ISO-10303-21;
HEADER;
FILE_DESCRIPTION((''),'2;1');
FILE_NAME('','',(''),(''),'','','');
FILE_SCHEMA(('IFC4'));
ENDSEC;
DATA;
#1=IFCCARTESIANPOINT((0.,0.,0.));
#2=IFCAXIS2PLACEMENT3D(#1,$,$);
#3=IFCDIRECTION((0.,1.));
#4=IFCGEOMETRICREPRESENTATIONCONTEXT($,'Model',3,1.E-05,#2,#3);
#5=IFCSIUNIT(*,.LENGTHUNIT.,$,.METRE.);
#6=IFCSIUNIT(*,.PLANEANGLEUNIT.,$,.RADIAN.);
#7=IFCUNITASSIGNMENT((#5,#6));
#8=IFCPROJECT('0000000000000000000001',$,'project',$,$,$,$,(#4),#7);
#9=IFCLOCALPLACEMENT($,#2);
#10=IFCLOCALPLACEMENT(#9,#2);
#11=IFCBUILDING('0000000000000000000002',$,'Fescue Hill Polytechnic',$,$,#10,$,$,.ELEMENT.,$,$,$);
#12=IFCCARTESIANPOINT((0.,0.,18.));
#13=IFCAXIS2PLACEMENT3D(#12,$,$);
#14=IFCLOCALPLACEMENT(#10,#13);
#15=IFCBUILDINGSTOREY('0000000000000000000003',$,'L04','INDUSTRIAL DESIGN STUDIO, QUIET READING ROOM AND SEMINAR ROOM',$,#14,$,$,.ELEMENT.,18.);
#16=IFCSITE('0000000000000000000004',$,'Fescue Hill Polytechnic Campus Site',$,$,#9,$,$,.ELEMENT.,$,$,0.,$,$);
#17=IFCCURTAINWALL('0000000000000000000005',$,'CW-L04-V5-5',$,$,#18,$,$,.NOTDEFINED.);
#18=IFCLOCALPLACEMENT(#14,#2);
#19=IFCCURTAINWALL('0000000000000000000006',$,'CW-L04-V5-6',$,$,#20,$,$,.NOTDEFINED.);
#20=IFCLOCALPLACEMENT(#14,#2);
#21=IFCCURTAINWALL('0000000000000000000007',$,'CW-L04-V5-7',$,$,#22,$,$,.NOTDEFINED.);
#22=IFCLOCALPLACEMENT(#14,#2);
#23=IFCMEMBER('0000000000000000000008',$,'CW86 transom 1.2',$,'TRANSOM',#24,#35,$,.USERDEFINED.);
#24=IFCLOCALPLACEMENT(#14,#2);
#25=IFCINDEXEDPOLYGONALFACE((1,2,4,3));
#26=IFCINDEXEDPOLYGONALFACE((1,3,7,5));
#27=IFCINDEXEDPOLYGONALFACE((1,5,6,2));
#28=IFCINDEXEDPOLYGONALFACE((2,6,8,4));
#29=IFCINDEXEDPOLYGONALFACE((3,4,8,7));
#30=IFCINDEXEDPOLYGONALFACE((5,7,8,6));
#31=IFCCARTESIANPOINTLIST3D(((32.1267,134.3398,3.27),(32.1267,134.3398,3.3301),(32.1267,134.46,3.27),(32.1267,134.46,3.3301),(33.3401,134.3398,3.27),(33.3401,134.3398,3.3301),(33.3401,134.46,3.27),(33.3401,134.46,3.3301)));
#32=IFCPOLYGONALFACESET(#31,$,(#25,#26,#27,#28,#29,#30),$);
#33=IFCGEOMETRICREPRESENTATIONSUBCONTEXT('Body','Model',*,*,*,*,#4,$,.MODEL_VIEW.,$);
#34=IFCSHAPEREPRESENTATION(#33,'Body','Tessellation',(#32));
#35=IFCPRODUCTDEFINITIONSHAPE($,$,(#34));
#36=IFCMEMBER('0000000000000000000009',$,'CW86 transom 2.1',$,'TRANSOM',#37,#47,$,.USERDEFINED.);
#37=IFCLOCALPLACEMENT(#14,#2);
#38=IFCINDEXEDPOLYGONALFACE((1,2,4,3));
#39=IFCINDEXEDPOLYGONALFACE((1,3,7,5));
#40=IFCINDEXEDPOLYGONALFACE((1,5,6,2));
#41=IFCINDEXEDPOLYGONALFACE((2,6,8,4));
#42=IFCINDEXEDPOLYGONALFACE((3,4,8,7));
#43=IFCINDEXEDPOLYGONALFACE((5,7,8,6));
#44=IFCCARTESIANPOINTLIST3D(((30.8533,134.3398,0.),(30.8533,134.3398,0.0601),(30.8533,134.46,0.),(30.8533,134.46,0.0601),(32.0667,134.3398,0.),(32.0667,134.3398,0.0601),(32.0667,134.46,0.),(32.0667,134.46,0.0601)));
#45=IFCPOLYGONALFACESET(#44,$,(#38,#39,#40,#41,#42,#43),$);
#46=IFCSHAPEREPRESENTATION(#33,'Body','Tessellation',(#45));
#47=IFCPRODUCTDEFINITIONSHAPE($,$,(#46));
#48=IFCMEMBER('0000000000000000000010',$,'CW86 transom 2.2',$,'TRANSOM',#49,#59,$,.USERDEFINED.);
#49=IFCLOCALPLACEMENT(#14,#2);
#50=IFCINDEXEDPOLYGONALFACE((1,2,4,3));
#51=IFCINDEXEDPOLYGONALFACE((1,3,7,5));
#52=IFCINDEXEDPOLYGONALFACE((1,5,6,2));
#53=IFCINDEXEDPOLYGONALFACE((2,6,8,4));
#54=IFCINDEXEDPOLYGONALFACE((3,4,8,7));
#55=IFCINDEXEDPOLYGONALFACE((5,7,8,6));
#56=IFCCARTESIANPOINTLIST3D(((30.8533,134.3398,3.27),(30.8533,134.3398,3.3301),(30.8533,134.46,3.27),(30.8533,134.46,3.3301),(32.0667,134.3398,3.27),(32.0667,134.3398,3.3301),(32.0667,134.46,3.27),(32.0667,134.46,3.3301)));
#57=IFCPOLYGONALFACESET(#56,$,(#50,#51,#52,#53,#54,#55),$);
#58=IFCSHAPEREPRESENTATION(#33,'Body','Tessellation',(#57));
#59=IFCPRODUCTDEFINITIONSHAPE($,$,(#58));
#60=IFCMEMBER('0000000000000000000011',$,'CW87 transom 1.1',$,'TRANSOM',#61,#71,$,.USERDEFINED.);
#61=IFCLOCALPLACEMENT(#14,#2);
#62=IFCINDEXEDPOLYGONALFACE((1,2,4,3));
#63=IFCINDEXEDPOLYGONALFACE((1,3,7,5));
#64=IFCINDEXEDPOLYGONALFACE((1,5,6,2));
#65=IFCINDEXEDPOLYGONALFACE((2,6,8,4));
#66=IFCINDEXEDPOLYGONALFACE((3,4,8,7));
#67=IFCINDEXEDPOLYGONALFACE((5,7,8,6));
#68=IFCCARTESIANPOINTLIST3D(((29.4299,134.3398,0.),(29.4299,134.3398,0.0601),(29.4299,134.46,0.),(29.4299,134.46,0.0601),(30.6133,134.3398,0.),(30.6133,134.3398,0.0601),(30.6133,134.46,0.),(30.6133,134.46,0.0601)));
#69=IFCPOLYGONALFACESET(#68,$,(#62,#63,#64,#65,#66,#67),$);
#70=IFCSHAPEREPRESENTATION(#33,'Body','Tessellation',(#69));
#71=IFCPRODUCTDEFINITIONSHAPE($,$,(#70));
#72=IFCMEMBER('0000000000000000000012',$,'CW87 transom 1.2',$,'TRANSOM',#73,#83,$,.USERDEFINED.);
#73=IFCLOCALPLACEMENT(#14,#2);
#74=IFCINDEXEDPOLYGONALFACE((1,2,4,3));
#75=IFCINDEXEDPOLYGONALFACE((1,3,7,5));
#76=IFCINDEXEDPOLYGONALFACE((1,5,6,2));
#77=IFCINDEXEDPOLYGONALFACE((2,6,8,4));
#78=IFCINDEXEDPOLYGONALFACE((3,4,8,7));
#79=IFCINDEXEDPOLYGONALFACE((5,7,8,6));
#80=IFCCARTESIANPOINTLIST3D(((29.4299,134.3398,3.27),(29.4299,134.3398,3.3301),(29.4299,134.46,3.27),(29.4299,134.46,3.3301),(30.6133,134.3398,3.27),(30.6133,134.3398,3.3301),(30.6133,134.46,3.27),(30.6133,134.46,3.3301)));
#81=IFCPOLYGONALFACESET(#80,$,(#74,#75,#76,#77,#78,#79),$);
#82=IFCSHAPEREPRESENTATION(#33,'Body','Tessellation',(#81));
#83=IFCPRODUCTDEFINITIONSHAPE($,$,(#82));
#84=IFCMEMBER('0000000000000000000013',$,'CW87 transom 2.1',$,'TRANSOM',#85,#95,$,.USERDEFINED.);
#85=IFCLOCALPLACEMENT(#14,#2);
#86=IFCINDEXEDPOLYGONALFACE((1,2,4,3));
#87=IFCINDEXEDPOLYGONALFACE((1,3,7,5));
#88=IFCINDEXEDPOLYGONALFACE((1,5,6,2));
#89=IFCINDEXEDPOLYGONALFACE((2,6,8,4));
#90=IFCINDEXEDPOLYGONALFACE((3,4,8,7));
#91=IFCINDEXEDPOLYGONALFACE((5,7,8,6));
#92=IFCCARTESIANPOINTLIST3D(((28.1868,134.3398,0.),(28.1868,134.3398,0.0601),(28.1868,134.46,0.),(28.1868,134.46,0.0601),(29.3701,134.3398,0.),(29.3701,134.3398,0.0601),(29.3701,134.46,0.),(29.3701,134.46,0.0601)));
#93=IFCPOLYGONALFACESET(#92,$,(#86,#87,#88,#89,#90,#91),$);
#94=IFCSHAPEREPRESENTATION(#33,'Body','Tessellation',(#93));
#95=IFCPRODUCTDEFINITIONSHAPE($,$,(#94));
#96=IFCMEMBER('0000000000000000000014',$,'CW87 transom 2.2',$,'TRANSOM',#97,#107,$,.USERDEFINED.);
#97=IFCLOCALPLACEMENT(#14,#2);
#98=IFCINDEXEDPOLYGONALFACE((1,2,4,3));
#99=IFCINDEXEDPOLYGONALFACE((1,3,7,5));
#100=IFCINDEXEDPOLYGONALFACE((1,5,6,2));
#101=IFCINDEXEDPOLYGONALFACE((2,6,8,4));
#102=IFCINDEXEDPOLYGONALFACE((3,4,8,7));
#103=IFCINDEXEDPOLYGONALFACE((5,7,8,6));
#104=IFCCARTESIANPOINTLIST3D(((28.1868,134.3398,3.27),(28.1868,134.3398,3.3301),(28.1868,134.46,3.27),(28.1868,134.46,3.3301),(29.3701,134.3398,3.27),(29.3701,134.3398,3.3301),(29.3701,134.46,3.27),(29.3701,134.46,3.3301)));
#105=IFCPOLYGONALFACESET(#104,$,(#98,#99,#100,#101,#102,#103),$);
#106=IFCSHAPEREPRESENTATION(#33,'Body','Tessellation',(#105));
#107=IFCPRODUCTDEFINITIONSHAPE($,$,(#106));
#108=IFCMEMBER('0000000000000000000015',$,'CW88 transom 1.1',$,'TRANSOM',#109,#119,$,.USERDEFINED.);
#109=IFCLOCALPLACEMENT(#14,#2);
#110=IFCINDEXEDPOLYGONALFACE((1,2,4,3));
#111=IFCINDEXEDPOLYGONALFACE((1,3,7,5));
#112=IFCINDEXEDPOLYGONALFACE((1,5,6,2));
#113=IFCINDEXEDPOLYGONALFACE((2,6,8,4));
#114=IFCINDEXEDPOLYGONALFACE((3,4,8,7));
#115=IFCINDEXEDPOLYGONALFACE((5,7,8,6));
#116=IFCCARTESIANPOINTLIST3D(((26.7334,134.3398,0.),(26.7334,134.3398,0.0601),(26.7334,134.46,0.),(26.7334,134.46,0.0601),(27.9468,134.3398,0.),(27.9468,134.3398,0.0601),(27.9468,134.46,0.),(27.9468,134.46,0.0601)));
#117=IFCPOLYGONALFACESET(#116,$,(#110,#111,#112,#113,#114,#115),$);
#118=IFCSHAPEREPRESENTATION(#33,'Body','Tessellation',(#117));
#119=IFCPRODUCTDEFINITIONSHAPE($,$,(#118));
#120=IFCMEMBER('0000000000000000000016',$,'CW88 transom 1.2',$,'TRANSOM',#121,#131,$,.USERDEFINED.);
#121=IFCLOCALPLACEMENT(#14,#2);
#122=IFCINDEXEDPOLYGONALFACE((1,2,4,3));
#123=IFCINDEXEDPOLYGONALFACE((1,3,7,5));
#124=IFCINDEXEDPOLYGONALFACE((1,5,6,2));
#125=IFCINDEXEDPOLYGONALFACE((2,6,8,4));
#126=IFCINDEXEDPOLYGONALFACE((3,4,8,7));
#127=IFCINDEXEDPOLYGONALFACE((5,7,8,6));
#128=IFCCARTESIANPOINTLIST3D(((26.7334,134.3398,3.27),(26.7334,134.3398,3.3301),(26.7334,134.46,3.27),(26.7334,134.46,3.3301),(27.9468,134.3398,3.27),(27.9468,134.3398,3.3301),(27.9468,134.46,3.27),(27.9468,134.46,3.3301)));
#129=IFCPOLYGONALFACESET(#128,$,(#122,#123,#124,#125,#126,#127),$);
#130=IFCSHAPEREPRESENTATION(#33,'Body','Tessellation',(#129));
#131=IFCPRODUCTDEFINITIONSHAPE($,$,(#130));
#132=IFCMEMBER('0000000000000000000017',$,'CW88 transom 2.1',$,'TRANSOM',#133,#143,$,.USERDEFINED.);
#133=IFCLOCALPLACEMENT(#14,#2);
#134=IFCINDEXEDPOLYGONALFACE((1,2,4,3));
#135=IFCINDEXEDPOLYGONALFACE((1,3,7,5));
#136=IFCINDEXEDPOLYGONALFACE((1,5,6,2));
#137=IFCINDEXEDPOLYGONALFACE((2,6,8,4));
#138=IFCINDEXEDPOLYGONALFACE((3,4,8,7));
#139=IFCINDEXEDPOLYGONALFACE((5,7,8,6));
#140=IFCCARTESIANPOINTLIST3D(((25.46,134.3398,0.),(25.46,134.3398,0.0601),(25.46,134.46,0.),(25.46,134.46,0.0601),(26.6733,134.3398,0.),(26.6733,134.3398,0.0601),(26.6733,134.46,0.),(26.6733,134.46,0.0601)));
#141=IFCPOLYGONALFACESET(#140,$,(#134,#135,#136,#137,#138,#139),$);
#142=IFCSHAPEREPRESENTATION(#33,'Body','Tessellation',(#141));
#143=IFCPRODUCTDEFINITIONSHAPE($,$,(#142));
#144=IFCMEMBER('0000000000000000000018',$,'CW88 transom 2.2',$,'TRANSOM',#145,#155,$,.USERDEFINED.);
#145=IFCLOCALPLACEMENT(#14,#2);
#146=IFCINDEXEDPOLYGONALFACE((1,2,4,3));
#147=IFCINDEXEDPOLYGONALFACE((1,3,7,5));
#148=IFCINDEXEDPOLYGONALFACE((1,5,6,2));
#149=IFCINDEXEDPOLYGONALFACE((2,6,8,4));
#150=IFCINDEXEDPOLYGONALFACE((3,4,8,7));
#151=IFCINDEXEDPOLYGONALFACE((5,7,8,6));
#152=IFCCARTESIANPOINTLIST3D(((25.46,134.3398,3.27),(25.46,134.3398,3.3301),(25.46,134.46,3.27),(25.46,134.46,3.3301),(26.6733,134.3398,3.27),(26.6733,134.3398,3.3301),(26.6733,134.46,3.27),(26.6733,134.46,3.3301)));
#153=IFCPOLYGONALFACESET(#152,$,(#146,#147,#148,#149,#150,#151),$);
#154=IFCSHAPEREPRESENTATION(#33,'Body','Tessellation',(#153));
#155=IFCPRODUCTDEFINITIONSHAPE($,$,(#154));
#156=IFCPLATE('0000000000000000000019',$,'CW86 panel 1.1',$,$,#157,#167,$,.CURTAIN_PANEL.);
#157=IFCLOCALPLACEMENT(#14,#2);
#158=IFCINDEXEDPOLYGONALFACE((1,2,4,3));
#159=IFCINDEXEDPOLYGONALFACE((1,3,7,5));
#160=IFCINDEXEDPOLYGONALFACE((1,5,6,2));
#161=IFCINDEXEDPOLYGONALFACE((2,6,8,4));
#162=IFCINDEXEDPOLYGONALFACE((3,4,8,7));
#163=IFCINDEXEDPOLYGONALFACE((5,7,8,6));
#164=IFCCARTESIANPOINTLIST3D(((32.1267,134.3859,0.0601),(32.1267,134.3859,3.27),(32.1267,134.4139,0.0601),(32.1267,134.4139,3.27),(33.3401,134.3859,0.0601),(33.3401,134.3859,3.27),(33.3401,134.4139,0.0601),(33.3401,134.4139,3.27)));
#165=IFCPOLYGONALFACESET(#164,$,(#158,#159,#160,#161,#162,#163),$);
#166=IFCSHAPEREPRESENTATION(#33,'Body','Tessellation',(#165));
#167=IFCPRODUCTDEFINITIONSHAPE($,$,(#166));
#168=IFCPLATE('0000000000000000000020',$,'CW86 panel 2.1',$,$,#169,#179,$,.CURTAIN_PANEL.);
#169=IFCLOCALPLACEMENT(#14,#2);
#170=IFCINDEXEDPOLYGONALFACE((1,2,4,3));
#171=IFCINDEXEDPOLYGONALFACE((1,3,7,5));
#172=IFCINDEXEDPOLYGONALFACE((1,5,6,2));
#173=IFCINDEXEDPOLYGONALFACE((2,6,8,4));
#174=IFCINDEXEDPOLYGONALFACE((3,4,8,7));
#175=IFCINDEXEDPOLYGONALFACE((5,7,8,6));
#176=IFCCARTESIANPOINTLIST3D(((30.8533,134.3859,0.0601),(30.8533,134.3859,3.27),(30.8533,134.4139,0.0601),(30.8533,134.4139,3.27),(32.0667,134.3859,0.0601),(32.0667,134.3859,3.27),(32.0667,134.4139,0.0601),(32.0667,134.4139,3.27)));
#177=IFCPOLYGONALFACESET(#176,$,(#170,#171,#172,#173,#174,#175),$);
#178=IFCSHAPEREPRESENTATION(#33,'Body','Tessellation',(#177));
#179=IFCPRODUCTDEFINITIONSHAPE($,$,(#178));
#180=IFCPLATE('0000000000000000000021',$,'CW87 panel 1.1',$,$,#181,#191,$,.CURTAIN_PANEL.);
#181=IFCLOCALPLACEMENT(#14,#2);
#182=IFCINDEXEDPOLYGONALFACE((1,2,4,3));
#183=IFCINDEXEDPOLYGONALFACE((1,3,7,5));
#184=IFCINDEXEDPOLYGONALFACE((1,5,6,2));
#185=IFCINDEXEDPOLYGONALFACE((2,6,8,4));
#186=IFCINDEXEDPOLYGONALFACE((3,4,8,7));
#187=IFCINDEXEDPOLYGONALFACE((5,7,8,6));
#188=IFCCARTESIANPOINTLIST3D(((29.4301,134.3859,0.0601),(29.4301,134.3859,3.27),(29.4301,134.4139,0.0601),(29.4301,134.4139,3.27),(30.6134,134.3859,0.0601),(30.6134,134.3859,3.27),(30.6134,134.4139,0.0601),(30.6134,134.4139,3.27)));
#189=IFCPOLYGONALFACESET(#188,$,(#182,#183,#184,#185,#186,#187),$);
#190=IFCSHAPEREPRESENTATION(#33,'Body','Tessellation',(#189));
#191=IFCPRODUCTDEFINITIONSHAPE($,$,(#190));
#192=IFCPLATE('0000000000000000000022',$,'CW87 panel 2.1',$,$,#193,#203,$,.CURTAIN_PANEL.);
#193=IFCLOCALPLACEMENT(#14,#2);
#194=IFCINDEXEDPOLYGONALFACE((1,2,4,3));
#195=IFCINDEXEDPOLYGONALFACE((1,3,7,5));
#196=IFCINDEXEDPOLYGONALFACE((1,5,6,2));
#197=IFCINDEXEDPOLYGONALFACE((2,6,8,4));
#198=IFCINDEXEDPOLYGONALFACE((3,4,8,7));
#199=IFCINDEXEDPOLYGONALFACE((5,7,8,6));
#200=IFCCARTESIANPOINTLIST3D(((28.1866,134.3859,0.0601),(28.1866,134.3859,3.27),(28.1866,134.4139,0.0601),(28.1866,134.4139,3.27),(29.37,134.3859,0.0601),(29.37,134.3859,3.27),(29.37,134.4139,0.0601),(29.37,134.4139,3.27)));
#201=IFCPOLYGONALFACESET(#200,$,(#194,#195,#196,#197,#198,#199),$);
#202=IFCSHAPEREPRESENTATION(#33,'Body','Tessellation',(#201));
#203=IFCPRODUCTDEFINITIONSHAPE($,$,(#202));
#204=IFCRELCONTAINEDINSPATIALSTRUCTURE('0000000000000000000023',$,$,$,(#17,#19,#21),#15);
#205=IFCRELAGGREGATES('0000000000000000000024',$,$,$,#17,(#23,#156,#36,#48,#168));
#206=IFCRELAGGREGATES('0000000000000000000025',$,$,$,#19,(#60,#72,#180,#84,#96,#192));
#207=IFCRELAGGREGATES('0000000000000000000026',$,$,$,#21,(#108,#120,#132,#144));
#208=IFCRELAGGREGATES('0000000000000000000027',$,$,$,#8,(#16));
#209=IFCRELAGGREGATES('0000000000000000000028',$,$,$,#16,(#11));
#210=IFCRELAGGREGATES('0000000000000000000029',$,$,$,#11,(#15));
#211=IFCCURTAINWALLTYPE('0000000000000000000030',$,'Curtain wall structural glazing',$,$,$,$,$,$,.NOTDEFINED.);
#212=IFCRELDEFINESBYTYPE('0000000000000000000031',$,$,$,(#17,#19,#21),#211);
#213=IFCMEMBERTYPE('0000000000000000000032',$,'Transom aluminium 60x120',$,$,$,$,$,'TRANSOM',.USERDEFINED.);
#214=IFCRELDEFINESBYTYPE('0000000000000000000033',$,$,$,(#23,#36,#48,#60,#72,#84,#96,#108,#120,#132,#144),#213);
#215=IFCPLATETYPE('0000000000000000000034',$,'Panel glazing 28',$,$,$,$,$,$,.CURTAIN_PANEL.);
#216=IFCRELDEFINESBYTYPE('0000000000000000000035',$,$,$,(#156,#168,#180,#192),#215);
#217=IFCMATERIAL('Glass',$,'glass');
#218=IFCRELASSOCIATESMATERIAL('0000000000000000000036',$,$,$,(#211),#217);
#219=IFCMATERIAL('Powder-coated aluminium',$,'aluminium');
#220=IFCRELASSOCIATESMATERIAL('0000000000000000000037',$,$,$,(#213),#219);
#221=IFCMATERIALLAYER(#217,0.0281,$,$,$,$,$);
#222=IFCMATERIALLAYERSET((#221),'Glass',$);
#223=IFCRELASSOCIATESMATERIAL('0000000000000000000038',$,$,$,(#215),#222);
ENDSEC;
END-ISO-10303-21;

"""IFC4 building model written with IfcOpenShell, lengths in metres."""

from ifc_helpers import new_model, si_unit, direction, frame, origin, origin_2d, place, context, subcontext, project, spatial, rectangle, extrude, material, layer, layer_set, material_profile, profile_set, type_object, element, aggregate, save


model = new_model("IFC4")

# Units and contexts
model_context = context("Model", 3, precision=1e-05, world=origin(), true_north=direction((0.0, 1.0)))
body_context = subcontext(model_context, "Body", "Model", "MODEL_VIEW")
ifc_project = project(units=[si_unit("LENGTHUNIT", "METRE"), si_unit("PLANEANGLEUNIT", "RADIAN")], contexts=[model_context])

# Site, building, storey
site_placement = place(None, origin())
site = spatial("IfcSite", under=ifc_project, at=site_placement, Name="Fescue Hill Polytechnic Campus Site", CompositionType="ELEMENT", RefElevation=0.0)
building_placement = place(site_placement, origin())
building = spatial("IfcBuilding", under=site, at=building_placement, Name="Fescue Hill Polytechnic", CompositionType="ELEMENT")
storey_placement = place(building_placement, frame((0.0, 0.0, 18.0)))
storey = spatial("IfcBuildingStorey", under=building, at=storey_placement, Name="L04", Description="INDUSTRIAL DESIGN STUDIO, QUIET READING ROOM AND SEMINAR ROOM", CompositionType="ELEMENT", Elevation=18.0)

# Curtain walls
ifc_material_1 = material(Name="Glass", Category="glass")
curtain_wall_type = type_object("IfcCurtainWallType", Name="Curtain wall structural glazing", PredefinedType="NOTDEFINED", material=ifc_material_1)
curtain_wall_1_placement = place(storey_placement, origin())
curtain_wall_1 = element("IfcCurtainWall", 1, at=curtain_wall_1_placement, inside=storey, type_object=curtain_wall_type, Name="CW-L04-V5-5", PredefinedType="NOTDEFINED")
ifc_material_2 = material(Name="Powder-coated aluminium", Category="aluminium")
curtain_wall_2_placement = place(storey_placement, origin())
curtain_wall_2 = element("IfcCurtainWall", 2, at=curtain_wall_2_placement, inside=storey, type_object=curtain_wall_type, Name="CW-L04-V5-6", PredefinedType="NOTDEFINED")
curtain_wall_3_placement = place(storey_placement, origin())
curtain_wall_3 = element("IfcCurtainWall", 3, at=curtain_wall_3_placement, inside=storey, type_object=curtain_wall_type, Name="CW-L04-V5-7", PredefinedType="NOTDEFINED")

# Members
ifc_material_profile_1 = material_profile(ifc_material_2, rectangle(XDim=0.1201, YDim=0.0601, at=origin_2d()), Name="Transom aluminium 60x120")
ifc_profile_set_1 = profile_set([ifc_material_profile_1], Name="Powder-coated aluminium")
member_type_1 = type_object("IfcMemberType", Name="Transom aluminium 60x120", ElementType="TRANSOM", PredefinedType="USERDEFINED", material=ifc_profile_set_1)
member_1_placement = place(storey_placement, frame((33.3401, 134.3999, 3.3), z_axis=(-1.0, 0.0, 0.0), x_axis=(0.0, -1.0, 0.0)))
member_1 = element("IfcMember", 4, at=member_1_placement, type_object=member_type_1, Name="CW86 transom 1.2", ObjectType="TRANSOM", PredefinedType="USERDEFINED", context=body_context, shape_type="SweptSolid", body=[
    extrude(rectangle(XDim=0.1201, YDim=0.0601, at=origin_2d()), origin(), (0.0, 0.0, 1.0), 1.2134),
])
member_2_placement = place(storey_placement, frame((32.0667, 134.3999, 0.03), z_axis=(-1.0, 0.0, 0.0), x_axis=(0.0, -1.0, 0.0)))
member_2 = element("IfcMember", 5, at=member_2_placement, type_object=member_type_1, Name="CW86 transom 2.1", ObjectType="TRANSOM", PredefinedType="USERDEFINED", context=body_context, shape_type="SweptSolid", body=[
    extrude(rectangle(XDim=0.1201, YDim=0.0601, at=origin_2d()), origin(), (0.0, 0.0, 1.0), 1.2134),
])
member_3_placement = place(storey_placement, frame((32.0667, 134.3999, 3.3), z_axis=(-1.0, 0.0, 0.0), x_axis=(0.0, -1.0, 0.0)))
member_3 = element("IfcMember", 6, at=member_3_placement, type_object=member_type_1, Name="CW86 transom 2.2", ObjectType="TRANSOM", PredefinedType="USERDEFINED", context=body_context, shape_type="SweptSolid", body=[
    extrude(rectangle(XDim=0.1201, YDim=0.0601, at=origin_2d()), origin(), (0.0, 0.0, 1.0), 1.2134),
])
member_4_placement = place(storey_placement, frame((30.6133, 134.3999, 0.03), z_axis=(-1.0, 0.0, 0.0), x_axis=(0.0, -1.0, 0.0)))
member_4 = element("IfcMember", 7, at=member_4_placement, type_object=member_type_1, Name="CW87 transom 1.1", ObjectType="TRANSOM", PredefinedType="USERDEFINED", context=body_context, shape_type="SweptSolid", body=[
    extrude(rectangle(XDim=0.1201, YDim=0.0601, at=origin_2d()), origin(), (0.0, 0.0, 1.0), 1.1833),
])
member_5_placement = place(storey_placement, frame((30.6133, 134.3999, 3.3), z_axis=(-1.0, 0.0, 0.0), x_axis=(0.0, -1.0, 0.0)))
member_5 = element("IfcMember", 8, at=member_5_placement, type_object=member_type_1, Name="CW87 transom 1.2", ObjectType="TRANSOM", PredefinedType="USERDEFINED", context=body_context, shape_type="SweptSolid", body=[
    extrude(rectangle(XDim=0.1201, YDim=0.0601, at=origin_2d()), origin(), (0.0, 0.0, 1.0), 1.1833),
])
member_6_placement = place(storey_placement, frame((29.3701, 134.3999, 0.03), z_axis=(-1.0, 0.0, 0.0), x_axis=(0.0, -1.0, 0.0)))
member_6 = element("IfcMember", 9, at=member_6_placement, type_object=member_type_1, Name="CW87 transom 2.1", ObjectType="TRANSOM", PredefinedType="USERDEFINED", context=body_context, shape_type="SweptSolid", body=[
    extrude(rectangle(XDim=0.1201, YDim=0.0601, at=origin_2d()), origin(), (0.0, 0.0, 1.0), 1.1833),
])
member_7_placement = place(storey_placement, frame((29.3701, 134.3999, 3.3), z_axis=(-1.0, 0.0, 0.0), x_axis=(0.0, -1.0, 0.0)))
member_7 = element("IfcMember", 10, at=member_7_placement, type_object=member_type_1, Name="CW87 transom 2.2", ObjectType="TRANSOM", PredefinedType="USERDEFINED", context=body_context, shape_type="SweptSolid", body=[
    extrude(rectangle(XDim=0.1201, YDim=0.0601, at=origin_2d()), origin(), (0.0, 0.0, 1.0), 1.1833),
])
member_8_placement = place(storey_placement, frame((27.9468, 134.3999, 0.03), z_axis=(-1.0, 0.0, 0.0), x_axis=(0.0, -1.0, 0.0)))
member_8 = element("IfcMember", 11, at=member_8_placement, type_object=member_type_1, Name="CW88 transom 1.1", ObjectType="TRANSOM", PredefinedType="USERDEFINED", context=body_context, shape_type="SweptSolid", body=[
    extrude(rectangle(XDim=0.1201, YDim=0.0601, at=origin_2d()), origin(), (0.0, 0.0, 1.0), 1.2134),
])
member_9_placement = place(storey_placement, frame((27.9468, 134.3999, 3.3), z_axis=(-1.0, 0.0, 0.0), x_axis=(0.0, -1.0, 0.0)))
member_9 = element("IfcMember", 12, at=member_9_placement, type_object=member_type_1, Name="CW88 transom 1.2", ObjectType="TRANSOM", PredefinedType="USERDEFINED", context=body_context, shape_type="SweptSolid", body=[
    extrude(rectangle(XDim=0.1201, YDim=0.0601, at=origin_2d()), origin(), (0.0, 0.0, 1.0), 1.2134),
])
member_10_placement = place(storey_placement, frame((26.6733, 134.3999, 0.03), z_axis=(-1.0, 0.0, 0.0), x_axis=(0.0, -1.0, 0.0)))
member_10 = element("IfcMember", 13, at=member_10_placement, type_object=member_type_1, Name="CW88 transom 2.1", ObjectType="TRANSOM", PredefinedType="USERDEFINED", context=body_context, shape_type="SweptSolid", body=[
    extrude(rectangle(XDim=0.1201, YDim=0.0601, at=origin_2d()), origin(), (0.0, 0.0, 1.0), 1.2134),
])
member_11_placement = place(storey_placement, frame((26.6733, 134.3999, 3.3), z_axis=(-1.0, 0.0, 0.0), x_axis=(0.0, -1.0, 0.0)))
member_11 = element("IfcMember", 14, at=member_11_placement, type_object=member_type_1, Name="CW88 transom 2.2", ObjectType="TRANSOM", PredefinedType="USERDEFINED", context=body_context, shape_type="SweptSolid", body=[
    extrude(rectangle(XDim=0.1201, YDim=0.0601, at=origin_2d()), origin(), (0.0, 0.0, 1.0), 1.2134),
])

# Plates
ifc_layer_1 = layer(ifc_material_1, 0.0281)
ifc_layer_set_1 = layer_set([ifc_layer_1], Name="Glass")
plate_type = type_object("IfcPlateType", Name="Panel glazing 28", PredefinedType="CURTAIN_PANEL", material=ifc_layer_set_1)
plate_1_placement = place(storey_placement, frame((32.7334, 134.3999, 0.0601), z_axis=(0.0, 0.0, 1.0), x_axis=(-1.0, 0.0, 0.0)))
plate_1 = element("IfcPlate", 15, at=plate_1_placement, type_object=plate_type, Name="CW86 panel 1.1", PredefinedType="CURTAIN_PANEL", context=body_context, shape_type="SweptSolid", body=[
    extrude(rectangle(XDim=1.2134, YDim=0.0281, at=origin_2d()), origin(), (0.0, 0.0, 1.0), 3.21),
])
plate_2_placement = place(storey_placement, frame((31.46, 134.3999, 0.0601), z_axis=(0.0, 0.0, 1.0), x_axis=(-1.0, 0.0, 0.0)))
plate_2 = element("IfcPlate", 16, at=plate_2_placement, type_object=plate_type, Name="CW86 panel 2.1", PredefinedType="CURTAIN_PANEL", context=body_context, shape_type="SweptSolid", body=[
    extrude(rectangle(XDim=1.2134, YDim=0.0281, at=origin_2d()), origin(), (0.0, 0.0, 1.0), 3.21),
])
aggregate(curtain_wall_1, [member_1, plate_1, member_2, member_3, plate_2])
plate_3_placement = place(storey_placement, frame((30.0217, 134.3999, 0.0601), z_axis=(0.0, 0.0, 1.0), x_axis=(-1.0, 0.0, 0.0)))
plate_3 = element("IfcPlate", 17, at=plate_3_placement, type_object=plate_type, Name="CW87 panel 1.1", PredefinedType="CURTAIN_PANEL", context=body_context, shape_type="SweptSolid", body=[
    extrude(rectangle(XDim=1.1833, YDim=0.0281, at=origin_2d()), origin(), (0.0, 0.0, 1.0), 3.21),
])
plate_4_placement = place(storey_placement, frame((28.7783, 134.3999, 0.0601), z_axis=(0.0, 0.0, 1.0), x_axis=(-1.0, 0.0, 0.0)))
plate_4 = element("IfcPlate", 18, at=plate_4_placement, type_object=plate_type, Name="CW87 panel 2.1", PredefinedType="CURTAIN_PANEL", context=body_context, shape_type="SweptSolid", body=[
    extrude(rectangle(XDim=1.1833, YDim=0.0281, at=origin_2d()), origin(), (0.0, 0.0, 1.0), 3.21),
])
aggregate(curtain_wall_2, [member_4, member_5, plate_3, member_6, member_7, plate_4])
aggregate(curtain_wall_3, [member_8, member_9, member_10, member_11])

save(model, "model.ifc")
